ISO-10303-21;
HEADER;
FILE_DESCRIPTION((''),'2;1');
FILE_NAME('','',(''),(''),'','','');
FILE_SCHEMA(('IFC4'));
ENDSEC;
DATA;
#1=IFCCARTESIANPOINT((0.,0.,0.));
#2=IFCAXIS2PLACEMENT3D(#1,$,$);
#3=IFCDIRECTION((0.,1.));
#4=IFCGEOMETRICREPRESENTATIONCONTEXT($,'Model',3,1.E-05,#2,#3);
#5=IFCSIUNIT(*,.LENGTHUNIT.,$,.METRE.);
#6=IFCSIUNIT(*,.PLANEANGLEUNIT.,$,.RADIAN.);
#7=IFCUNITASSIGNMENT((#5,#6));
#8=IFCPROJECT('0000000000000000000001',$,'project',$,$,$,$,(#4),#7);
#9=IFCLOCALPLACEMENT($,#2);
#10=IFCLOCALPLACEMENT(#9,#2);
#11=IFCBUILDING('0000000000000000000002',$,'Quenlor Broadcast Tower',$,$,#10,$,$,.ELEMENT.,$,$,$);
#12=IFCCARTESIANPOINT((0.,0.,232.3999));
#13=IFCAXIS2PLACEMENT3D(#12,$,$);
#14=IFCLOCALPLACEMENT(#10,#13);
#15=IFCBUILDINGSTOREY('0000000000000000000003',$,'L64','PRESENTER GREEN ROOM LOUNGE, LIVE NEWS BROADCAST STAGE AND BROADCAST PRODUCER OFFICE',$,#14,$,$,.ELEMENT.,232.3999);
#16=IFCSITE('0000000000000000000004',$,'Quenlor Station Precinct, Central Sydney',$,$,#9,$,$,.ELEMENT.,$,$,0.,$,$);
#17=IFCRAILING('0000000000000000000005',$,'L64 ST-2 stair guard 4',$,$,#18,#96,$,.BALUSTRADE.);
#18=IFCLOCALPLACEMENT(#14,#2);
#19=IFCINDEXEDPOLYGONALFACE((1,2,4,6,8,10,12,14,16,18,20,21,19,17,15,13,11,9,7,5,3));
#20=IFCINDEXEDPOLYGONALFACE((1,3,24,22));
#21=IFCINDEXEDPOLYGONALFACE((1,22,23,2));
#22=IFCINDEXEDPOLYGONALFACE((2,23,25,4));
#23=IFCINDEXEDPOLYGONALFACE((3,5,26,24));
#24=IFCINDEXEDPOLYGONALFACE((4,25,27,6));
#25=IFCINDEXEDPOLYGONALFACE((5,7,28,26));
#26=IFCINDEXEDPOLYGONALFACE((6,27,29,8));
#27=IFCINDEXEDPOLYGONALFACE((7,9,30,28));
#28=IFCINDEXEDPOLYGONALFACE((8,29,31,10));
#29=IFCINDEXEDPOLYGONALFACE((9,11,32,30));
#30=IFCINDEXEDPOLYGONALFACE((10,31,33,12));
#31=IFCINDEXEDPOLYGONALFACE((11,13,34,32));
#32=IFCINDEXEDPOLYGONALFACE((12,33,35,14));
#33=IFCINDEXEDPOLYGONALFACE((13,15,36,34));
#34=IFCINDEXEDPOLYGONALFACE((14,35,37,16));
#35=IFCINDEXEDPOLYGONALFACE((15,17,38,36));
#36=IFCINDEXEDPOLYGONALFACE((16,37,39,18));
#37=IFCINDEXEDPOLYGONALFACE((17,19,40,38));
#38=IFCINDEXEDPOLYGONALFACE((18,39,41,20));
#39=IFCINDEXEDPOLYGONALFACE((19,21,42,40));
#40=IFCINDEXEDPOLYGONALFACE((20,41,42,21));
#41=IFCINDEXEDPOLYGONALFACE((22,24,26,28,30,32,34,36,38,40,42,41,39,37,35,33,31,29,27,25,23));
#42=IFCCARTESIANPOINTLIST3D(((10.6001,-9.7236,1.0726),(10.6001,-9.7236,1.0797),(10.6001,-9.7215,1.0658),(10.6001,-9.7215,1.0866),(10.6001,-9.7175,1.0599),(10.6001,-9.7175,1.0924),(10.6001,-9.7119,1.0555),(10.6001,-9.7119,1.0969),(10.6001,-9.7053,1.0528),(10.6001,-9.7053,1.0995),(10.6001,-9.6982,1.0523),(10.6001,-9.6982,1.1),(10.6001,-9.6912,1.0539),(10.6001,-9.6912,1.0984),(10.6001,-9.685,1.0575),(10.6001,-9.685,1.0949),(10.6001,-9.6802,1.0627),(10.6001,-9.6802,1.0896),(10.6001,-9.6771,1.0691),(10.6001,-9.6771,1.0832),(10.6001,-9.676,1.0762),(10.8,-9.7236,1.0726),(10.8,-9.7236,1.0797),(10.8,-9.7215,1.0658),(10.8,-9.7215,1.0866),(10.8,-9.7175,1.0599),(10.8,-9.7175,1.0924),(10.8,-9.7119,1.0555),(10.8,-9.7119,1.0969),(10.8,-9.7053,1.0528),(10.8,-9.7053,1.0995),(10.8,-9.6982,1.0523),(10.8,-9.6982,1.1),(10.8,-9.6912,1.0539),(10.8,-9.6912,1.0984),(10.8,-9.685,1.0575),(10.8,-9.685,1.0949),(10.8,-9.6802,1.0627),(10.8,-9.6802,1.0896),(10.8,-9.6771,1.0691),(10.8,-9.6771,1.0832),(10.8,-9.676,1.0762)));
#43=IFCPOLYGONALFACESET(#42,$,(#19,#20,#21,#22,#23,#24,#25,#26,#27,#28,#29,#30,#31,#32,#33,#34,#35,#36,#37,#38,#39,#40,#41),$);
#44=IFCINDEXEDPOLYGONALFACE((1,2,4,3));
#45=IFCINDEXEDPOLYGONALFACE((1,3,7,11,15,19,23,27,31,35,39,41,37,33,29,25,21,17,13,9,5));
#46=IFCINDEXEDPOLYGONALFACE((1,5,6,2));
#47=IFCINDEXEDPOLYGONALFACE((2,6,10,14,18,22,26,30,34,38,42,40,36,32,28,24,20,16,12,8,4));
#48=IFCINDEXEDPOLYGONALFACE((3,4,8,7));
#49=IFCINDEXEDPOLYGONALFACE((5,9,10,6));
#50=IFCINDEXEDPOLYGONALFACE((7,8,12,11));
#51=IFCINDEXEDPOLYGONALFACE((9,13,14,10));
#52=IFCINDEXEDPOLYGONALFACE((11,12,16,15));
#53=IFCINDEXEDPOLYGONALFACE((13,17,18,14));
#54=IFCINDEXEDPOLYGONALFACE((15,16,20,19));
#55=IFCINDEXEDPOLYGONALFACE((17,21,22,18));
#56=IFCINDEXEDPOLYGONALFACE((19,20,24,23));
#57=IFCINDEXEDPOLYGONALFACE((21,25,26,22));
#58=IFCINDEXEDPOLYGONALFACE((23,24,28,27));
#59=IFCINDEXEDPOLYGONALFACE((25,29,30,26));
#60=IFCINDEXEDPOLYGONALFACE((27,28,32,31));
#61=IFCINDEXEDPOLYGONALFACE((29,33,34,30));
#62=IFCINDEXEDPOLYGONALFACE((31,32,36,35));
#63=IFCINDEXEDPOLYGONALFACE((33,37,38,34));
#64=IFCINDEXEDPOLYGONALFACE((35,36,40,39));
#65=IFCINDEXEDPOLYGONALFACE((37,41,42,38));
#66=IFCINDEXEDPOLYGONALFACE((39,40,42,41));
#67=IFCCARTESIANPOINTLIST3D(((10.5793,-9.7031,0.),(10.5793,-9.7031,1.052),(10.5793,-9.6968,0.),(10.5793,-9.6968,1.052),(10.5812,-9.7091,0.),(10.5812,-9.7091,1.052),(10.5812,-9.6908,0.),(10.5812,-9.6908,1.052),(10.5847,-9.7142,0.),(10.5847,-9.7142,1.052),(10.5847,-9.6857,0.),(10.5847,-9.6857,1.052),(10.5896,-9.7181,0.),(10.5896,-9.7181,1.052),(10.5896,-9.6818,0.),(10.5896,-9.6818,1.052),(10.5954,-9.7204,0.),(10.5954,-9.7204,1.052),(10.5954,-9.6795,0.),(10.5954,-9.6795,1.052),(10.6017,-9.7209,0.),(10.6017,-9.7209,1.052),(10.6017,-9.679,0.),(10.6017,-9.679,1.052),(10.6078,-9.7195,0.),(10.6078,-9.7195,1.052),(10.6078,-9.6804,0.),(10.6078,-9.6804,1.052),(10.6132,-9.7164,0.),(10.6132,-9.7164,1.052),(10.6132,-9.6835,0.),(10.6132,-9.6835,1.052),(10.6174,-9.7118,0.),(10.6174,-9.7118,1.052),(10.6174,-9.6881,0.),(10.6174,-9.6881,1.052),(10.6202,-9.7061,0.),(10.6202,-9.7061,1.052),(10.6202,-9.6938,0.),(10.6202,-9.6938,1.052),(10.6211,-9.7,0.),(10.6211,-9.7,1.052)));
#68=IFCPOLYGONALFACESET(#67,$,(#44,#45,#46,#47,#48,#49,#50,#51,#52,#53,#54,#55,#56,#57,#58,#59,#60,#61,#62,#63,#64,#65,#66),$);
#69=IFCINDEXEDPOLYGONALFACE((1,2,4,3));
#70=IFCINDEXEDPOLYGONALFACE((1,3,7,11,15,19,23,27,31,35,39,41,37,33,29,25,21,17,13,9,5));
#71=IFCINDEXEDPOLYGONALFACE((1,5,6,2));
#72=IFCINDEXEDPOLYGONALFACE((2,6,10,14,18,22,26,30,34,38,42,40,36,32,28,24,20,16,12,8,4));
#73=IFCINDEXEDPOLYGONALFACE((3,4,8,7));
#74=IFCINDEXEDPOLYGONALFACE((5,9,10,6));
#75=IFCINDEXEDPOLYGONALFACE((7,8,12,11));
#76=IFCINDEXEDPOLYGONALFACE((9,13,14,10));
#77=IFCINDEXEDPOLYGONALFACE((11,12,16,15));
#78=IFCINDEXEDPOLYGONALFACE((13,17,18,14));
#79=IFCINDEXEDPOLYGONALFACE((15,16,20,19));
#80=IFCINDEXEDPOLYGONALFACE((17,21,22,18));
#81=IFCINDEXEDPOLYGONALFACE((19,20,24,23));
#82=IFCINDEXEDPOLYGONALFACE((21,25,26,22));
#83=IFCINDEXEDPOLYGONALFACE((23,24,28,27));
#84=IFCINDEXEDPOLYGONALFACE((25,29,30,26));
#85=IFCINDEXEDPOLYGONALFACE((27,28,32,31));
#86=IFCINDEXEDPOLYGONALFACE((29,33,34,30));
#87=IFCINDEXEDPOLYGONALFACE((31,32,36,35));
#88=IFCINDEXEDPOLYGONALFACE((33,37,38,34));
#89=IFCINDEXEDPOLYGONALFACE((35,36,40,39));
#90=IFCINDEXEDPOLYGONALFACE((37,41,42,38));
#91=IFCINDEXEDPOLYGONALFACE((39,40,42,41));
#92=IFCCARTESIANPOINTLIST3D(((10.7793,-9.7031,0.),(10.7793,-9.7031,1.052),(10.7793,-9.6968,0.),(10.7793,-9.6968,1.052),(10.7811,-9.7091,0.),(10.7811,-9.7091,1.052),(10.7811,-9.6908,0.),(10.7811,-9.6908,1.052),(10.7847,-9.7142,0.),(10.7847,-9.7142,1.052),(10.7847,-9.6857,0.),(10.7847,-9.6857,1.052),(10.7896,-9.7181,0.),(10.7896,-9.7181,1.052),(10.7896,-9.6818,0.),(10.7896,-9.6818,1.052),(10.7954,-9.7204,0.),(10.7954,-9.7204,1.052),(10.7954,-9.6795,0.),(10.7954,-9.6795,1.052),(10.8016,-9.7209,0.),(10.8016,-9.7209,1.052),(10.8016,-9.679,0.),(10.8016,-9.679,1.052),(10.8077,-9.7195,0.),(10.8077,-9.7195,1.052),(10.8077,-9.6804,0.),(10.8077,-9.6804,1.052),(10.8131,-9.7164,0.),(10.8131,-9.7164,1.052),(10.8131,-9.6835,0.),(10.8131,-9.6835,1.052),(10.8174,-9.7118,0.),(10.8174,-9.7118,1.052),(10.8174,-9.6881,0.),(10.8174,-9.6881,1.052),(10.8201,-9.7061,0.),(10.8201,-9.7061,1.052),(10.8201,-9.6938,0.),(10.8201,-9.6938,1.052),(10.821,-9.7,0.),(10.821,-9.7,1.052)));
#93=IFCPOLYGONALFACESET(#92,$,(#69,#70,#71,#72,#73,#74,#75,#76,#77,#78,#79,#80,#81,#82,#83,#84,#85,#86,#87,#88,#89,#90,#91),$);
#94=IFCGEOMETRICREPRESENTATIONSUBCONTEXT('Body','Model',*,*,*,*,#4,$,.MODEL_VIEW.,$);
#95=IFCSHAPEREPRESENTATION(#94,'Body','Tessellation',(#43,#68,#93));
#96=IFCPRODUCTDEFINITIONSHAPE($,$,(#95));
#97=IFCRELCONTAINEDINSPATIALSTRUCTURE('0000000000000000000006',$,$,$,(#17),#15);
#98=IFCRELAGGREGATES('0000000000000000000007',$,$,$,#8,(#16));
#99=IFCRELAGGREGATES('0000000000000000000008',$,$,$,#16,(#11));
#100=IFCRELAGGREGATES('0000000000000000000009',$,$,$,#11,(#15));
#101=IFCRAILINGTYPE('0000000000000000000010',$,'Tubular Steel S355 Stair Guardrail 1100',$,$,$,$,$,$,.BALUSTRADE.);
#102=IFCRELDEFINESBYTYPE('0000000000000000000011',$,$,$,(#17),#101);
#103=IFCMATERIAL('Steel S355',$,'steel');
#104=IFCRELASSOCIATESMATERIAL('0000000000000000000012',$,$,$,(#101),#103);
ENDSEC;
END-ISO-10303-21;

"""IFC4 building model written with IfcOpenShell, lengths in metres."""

from ifc_helpers import new_model, si_unit, direction, frame, origin, origin_2d, place, context, subcontext, project, spatial, circle, extrude, material, type_object, element, save


model = new_model("IFC4")

# Units and contexts
model_context = context("Model", 3, precision=1e-05, world=origin(), true_north=direction((0.0, 1.0)))
body_context = subcontext(model_context, "Body", "Model", "MODEL_VIEW")
ifc_project = project(units=[si_unit("LENGTHUNIT", "METRE"), si_unit("PLANEANGLEUNIT", "RADIAN")], contexts=[model_context])

# Site, building, storey
site_placement = place(None, origin())
site = spatial("IfcSite", under=ifc_project, at=site_placement, Name="Quenlor Station Precinct, Central Sydney", CompositionType="ELEMENT", RefElevation=0.0)
building_placement = place(site_placement, origin())
building = spatial("IfcBuilding", under=site, at=building_placement, Name="Quenlor Broadcast Tower", CompositionType="ELEMENT")
storey_placement = place(building_placement, frame((0.0, 0.0, 232.3999)))
storey = spatial("IfcBuildingStorey", under=building, at=storey_placement, Name="L64", Description="PRESENTER GREEN ROOM LOUNGE, LIVE NEWS BROADCAST STAGE AND BROADCAST PRODUCER OFFICE", CompositionType="ELEMENT", Elevation=232.3999)

# Railing
ifc_material_1 = material(Name="Steel S355", Category="steel")
railing_type_1 = type_object("IfcRailingType", Name="Tubular Steel S355 Stair Guardrail 1100", PredefinedType="BALUSTRADE", material=ifc_material_1)
railing_1_placement = place(storey_placement, frame((10.6001, -9.7, 0.0)))
element("IfcRailing", 1, at=railing_1_placement, inside=storey, type_object=railing_type_1, Name="L64 ST-2 stair guard 4", PredefinedType="BALUSTRADE", context=body_context, shape_type="SweptSolid", body=[
    extrude(circle(Radius=0.0239, at=origin_2d()), frame((0.0, 0.0, 1.0762), z_axis=(1.0, 0.0, 0.0), x_axis=(0.0, 1.0, 0.0)), (0.0, 0.0, 1.0), 0.2),
    extrude(circle(Radius=0.021, at=origin_2d()), origin(), (0.0, 0.0, 1.0), 1.052),
    extrude(circle(Radius=0.021, at=origin_2d()), frame((0.2, 0.0, 0.0)), (0.0, 0.0, 1.0), 1.052),
])

save(model, "model.ifc")
